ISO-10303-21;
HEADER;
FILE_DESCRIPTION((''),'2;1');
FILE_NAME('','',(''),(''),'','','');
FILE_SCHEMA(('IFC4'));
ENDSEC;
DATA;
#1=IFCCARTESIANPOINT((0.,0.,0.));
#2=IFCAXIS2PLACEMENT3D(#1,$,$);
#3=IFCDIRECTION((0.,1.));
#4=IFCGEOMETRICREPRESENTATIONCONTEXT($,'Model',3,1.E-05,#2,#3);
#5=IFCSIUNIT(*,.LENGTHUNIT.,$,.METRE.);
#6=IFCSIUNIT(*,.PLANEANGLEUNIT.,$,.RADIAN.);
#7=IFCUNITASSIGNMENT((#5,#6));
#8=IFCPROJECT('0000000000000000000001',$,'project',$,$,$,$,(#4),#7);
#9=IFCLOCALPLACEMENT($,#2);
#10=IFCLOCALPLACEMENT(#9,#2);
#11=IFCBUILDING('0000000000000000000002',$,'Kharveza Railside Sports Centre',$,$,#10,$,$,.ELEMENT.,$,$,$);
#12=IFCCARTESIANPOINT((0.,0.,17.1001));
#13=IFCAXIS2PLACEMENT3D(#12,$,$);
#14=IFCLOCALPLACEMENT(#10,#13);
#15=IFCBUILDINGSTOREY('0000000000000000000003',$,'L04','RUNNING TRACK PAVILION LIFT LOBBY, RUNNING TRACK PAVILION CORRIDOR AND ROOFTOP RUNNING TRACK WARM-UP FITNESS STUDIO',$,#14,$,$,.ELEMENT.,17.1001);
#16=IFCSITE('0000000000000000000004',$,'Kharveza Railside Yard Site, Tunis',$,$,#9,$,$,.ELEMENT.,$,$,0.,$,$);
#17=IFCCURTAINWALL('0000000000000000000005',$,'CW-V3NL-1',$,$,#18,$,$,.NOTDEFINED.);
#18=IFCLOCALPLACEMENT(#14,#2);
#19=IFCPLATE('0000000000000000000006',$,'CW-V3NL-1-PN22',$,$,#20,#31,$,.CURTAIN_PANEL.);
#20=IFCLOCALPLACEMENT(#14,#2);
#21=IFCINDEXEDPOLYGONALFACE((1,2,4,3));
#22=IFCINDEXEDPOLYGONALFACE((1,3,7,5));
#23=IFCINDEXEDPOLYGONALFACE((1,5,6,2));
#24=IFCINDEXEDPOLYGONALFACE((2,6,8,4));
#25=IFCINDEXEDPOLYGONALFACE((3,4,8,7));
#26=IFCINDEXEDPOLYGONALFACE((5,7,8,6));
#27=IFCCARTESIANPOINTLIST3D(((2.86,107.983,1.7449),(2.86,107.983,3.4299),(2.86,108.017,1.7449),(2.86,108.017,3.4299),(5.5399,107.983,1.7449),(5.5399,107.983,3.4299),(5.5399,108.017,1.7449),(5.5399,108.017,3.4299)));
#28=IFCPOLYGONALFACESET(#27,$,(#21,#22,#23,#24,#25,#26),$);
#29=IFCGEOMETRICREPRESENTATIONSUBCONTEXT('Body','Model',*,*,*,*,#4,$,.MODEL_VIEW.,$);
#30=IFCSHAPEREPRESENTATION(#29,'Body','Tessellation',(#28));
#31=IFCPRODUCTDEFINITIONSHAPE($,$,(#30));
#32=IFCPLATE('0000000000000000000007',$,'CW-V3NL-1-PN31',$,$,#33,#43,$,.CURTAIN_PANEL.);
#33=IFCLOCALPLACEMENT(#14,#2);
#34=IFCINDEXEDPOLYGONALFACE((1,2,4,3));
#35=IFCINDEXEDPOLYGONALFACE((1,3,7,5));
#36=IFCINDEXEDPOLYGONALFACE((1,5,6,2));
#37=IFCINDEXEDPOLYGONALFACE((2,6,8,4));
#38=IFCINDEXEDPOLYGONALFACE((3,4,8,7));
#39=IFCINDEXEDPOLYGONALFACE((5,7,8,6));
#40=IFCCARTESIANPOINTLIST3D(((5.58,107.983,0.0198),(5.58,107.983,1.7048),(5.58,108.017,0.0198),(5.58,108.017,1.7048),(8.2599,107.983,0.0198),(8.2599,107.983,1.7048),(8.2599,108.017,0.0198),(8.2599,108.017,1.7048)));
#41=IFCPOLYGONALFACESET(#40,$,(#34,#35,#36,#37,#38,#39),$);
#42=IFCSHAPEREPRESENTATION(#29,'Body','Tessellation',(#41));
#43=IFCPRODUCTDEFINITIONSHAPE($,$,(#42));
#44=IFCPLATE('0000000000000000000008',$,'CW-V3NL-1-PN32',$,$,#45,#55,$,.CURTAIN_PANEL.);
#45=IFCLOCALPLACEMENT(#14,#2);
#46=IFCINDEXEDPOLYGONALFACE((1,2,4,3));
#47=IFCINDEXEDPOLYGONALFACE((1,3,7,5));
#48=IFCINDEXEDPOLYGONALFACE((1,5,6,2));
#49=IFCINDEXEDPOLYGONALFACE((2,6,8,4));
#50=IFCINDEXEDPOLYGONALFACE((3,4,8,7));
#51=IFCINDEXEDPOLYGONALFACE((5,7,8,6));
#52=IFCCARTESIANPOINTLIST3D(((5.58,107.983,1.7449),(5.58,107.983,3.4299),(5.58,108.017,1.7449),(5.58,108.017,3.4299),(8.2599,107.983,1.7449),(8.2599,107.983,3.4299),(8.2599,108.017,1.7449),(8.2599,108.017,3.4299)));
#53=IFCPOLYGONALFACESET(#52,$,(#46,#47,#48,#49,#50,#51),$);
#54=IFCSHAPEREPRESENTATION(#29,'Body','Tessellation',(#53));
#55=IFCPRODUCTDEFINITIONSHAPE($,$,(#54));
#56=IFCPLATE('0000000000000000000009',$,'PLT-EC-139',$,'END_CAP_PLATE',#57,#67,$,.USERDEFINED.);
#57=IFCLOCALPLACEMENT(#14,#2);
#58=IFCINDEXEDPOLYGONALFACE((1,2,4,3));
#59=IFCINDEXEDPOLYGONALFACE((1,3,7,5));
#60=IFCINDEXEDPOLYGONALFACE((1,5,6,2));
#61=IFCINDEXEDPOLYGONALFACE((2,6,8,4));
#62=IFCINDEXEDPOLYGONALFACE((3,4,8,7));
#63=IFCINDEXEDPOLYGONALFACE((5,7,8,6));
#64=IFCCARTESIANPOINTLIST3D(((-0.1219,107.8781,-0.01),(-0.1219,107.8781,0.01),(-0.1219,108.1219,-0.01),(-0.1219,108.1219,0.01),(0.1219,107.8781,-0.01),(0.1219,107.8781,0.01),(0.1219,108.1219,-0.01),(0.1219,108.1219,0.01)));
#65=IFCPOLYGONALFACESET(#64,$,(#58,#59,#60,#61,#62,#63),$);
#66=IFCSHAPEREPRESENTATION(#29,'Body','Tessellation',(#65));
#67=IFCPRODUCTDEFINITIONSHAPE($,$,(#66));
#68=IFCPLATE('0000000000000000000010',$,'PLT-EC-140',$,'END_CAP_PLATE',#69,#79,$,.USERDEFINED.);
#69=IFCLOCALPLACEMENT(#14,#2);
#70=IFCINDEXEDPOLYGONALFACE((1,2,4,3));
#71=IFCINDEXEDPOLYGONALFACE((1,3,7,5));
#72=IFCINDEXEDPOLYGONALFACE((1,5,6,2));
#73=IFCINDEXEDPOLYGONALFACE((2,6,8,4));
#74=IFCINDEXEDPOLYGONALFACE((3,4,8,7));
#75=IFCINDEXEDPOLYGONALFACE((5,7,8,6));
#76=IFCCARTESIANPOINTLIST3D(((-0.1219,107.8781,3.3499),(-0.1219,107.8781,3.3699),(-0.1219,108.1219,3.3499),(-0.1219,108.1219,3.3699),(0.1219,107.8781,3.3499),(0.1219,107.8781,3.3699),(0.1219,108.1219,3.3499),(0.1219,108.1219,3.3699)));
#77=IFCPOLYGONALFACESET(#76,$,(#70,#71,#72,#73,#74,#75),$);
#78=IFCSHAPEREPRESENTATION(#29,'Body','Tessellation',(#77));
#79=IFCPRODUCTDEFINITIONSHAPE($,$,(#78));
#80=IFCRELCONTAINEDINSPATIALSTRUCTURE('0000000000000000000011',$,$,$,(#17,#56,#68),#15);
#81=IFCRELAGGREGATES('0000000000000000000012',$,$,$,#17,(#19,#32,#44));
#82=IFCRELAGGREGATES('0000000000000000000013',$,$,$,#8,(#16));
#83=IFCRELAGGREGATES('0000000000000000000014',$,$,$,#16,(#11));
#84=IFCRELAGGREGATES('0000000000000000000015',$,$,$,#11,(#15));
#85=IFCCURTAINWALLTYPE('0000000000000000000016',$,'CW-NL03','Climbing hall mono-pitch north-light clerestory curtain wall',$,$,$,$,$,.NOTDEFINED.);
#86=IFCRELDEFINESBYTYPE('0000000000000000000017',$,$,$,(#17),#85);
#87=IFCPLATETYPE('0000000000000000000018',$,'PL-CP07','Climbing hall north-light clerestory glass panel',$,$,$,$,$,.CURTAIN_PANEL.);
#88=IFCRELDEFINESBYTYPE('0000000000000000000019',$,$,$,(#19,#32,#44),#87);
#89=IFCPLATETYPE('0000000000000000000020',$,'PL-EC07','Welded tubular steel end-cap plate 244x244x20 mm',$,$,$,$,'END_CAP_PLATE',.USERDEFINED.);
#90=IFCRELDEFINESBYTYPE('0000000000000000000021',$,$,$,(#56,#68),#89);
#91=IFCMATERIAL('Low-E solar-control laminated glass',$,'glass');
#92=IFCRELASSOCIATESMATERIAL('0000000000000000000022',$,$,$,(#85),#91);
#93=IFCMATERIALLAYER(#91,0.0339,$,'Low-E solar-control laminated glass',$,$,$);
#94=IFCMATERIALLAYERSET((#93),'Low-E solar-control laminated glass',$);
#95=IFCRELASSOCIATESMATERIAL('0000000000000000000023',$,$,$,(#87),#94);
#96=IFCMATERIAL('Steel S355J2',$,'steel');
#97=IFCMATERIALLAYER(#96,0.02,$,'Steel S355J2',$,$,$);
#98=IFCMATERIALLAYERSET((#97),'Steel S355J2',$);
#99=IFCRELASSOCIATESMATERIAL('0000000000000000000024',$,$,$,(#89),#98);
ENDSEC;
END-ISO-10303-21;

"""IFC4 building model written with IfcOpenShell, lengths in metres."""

from ifc_helpers import new_model, si_unit, direction, frame, origin, origin_2d, place, context, subcontext, project, spatial, rectangle, extrude, material, layer, layer_set, type_object, element, aggregate, save


model = new_model("IFC4")

# Units and contexts
model_context = context("Model", 3, precision=1e-05, world=origin(), true_north=direction((0.0, 1.0)))
body_context = subcontext(model_context, "Body", "Model", "MODEL_VIEW")
ifc_project = project(units=[si_unit("LENGTHUNIT", "METRE"), si_unit("PLANEANGLEUNIT", "RADIAN")], contexts=[model_context])

# Site, building, storey
site_placement = place(None, origin())
site = spatial("IfcSite", under=ifc_project, at=site_placement, Name="Kharveza Railside Yard Site, Tunis", CompositionType="ELEMENT", RefElevation=0.0)
building_placement = place(site_placement, origin())
building = spatial("IfcBuilding", under=site, at=building_placement, Name="Kharveza Railside Sports Centre", CompositionType="ELEMENT")
storey_placement = place(building_placement, frame((0.0, 0.0, 17.1001)))
storey = spatial("IfcBuildingStorey", under=building, at=storey_placement, Name="L04", Description="RUNNING TRACK PAVILION LIFT LOBBY, RUNNING TRACK PAVILION CORRIDOR AND ROOFTOP RUNNING TRACK WARM-UP FITNESS STUDIO", CompositionType="ELEMENT", Elevation=17.1001)

# Curtain wall
ifc_material_1 = material(Name="Low-E solar-control laminated glass", Category="glass")
curtain_wall_type = type_object("IfcCurtainWallType", Name="CW-NL03", Description="Climbing hall mono-pitch north-light clerestory curtain wall", PredefinedType="NOTDEFINED", material=ifc_material_1)
curtain_wall_placement = place(storey_placement, origin())
curtain_wall = element("IfcCurtainWall", 1, at=curtain_wall_placement, inside=storey, type_object=curtain_wall_type, Name="CW-V3NL-1", PredefinedType="NOTDEFINED")

# Shared definitions
ifc_material_2 = material(Name="Steel S355J2", Category="steel")

# Plates
ifc_layer_1 = layer(ifc_material_1, 0.0339, Name="Low-E solar-control laminated glass")
ifc_layer_set_1 = layer_set([ifc_layer_1], Name="Low-E solar-control laminated glass")
plate_type_1 = type_object("IfcPlateType", Name="PL-CP07", Description="Climbing hall north-light clerestory glass panel", PredefinedType="CURTAIN_PANEL", material=ifc_layer_set_1)
plate_1_placement = place(storey_placement, frame((4.2, 108.0, 1.7449), z_axis=(0.0, 0.0, 1.0), x_axis=(1.0, 0.0, 0.0)))
plate_1 = element("IfcPlate", 2, at=plate_1_placement, type_object=plate_type_1, Name="CW-V3NL-1-PN22", PredefinedType="CURTAIN_PANEL", context=body_context, shape_type="SweptSolid", body=[
    extrude(rectangle(XDim=2.6799, YDim=0.0339, at=origin_2d()), origin(), (0.0, 0.0, 1.0), 1.6851),
])
plate_2_placement = place(storey_placement, frame((6.9199, 108.0, 0.0198), z_axis=(0.0, 0.0, 1.0), x_axis=(1.0, 0.0, 0.0)))
plate_2 = element("IfcPlate", 3, at=plate_2_placement, type_object=plate_type_1, Name="CW-V3NL-1-PN31", PredefinedType="CURTAIN_PANEL", context=body_context, shape_type="SweptSolid", body=[
    extrude(rectangle(XDim=2.6799, YDim=0.0339, at=origin_2d()), origin(), (0.0, 0.0, 1.0), 1.6851),
])
plate_3_placement = place(storey_placement, frame((6.9199, 108.0, 1.7449), z_axis=(0.0, 0.0, 1.0), x_axis=(1.0, 0.0, 0.0)))
plate_3 = element("IfcPlate", 4, at=plate_3_placement, type_object=plate_type_1, Name="CW-V3NL-1-PN32", PredefinedType="CURTAIN_PANEL", context=body_context, shape_type="SweptSolid", body=[
    extrude(rectangle(XDim=2.6799, YDim=0.0339, at=origin_2d()), origin(), (0.0, 0.0, 1.0), 1.6851),
])
aggregate(curtain_wall, [plate_1, plate_2, plate_3])

# Plates
ifc_layer_2 = layer(ifc_material_2, 0.02, Name="Steel S355J2")
ifc_layer_set_2 = layer_set([ifc_layer_2], Name="Steel S355J2")
plate_type_2 = type_object("IfcPlateType", Name="PL-EC07", Description="Welded tubular steel end-cap plate 244x244x20 mm", ElementType="END_CAP_PLATE", PredefinedType="USERDEFINED", material=ifc_layer_set_2)
for number, where, z_axis, x_axis, name in (
    (5, (0.0, 108.0, -0.01), (0.0, 0.0, 1.0), (1.0, 0.0, 0.0), "PLT-EC-139"),
    (6, (0.0, 108.0, 3.3499), (0.0, 0.0, 1.0), (1.0, 0.0, 0.0), "PLT-EC-140"),
):
    element("IfcPlate", number, at=place(storey_placement, frame(where, z_axis=z_axis, x_axis=x_axis)), inside=storey, type_object=plate_type_2, Name=name, ObjectType="END_CAP_PLATE", PredefinedType="USERDEFINED", context=body_context, shape_type="SweptSolid", body=[
        extrude(rectangle(XDim=0.2439, YDim=0.2439, at=origin_2d()), origin(), (0.0, 0.0, 1.0), 0.02),
    ])

save(model, "model.ifc")
